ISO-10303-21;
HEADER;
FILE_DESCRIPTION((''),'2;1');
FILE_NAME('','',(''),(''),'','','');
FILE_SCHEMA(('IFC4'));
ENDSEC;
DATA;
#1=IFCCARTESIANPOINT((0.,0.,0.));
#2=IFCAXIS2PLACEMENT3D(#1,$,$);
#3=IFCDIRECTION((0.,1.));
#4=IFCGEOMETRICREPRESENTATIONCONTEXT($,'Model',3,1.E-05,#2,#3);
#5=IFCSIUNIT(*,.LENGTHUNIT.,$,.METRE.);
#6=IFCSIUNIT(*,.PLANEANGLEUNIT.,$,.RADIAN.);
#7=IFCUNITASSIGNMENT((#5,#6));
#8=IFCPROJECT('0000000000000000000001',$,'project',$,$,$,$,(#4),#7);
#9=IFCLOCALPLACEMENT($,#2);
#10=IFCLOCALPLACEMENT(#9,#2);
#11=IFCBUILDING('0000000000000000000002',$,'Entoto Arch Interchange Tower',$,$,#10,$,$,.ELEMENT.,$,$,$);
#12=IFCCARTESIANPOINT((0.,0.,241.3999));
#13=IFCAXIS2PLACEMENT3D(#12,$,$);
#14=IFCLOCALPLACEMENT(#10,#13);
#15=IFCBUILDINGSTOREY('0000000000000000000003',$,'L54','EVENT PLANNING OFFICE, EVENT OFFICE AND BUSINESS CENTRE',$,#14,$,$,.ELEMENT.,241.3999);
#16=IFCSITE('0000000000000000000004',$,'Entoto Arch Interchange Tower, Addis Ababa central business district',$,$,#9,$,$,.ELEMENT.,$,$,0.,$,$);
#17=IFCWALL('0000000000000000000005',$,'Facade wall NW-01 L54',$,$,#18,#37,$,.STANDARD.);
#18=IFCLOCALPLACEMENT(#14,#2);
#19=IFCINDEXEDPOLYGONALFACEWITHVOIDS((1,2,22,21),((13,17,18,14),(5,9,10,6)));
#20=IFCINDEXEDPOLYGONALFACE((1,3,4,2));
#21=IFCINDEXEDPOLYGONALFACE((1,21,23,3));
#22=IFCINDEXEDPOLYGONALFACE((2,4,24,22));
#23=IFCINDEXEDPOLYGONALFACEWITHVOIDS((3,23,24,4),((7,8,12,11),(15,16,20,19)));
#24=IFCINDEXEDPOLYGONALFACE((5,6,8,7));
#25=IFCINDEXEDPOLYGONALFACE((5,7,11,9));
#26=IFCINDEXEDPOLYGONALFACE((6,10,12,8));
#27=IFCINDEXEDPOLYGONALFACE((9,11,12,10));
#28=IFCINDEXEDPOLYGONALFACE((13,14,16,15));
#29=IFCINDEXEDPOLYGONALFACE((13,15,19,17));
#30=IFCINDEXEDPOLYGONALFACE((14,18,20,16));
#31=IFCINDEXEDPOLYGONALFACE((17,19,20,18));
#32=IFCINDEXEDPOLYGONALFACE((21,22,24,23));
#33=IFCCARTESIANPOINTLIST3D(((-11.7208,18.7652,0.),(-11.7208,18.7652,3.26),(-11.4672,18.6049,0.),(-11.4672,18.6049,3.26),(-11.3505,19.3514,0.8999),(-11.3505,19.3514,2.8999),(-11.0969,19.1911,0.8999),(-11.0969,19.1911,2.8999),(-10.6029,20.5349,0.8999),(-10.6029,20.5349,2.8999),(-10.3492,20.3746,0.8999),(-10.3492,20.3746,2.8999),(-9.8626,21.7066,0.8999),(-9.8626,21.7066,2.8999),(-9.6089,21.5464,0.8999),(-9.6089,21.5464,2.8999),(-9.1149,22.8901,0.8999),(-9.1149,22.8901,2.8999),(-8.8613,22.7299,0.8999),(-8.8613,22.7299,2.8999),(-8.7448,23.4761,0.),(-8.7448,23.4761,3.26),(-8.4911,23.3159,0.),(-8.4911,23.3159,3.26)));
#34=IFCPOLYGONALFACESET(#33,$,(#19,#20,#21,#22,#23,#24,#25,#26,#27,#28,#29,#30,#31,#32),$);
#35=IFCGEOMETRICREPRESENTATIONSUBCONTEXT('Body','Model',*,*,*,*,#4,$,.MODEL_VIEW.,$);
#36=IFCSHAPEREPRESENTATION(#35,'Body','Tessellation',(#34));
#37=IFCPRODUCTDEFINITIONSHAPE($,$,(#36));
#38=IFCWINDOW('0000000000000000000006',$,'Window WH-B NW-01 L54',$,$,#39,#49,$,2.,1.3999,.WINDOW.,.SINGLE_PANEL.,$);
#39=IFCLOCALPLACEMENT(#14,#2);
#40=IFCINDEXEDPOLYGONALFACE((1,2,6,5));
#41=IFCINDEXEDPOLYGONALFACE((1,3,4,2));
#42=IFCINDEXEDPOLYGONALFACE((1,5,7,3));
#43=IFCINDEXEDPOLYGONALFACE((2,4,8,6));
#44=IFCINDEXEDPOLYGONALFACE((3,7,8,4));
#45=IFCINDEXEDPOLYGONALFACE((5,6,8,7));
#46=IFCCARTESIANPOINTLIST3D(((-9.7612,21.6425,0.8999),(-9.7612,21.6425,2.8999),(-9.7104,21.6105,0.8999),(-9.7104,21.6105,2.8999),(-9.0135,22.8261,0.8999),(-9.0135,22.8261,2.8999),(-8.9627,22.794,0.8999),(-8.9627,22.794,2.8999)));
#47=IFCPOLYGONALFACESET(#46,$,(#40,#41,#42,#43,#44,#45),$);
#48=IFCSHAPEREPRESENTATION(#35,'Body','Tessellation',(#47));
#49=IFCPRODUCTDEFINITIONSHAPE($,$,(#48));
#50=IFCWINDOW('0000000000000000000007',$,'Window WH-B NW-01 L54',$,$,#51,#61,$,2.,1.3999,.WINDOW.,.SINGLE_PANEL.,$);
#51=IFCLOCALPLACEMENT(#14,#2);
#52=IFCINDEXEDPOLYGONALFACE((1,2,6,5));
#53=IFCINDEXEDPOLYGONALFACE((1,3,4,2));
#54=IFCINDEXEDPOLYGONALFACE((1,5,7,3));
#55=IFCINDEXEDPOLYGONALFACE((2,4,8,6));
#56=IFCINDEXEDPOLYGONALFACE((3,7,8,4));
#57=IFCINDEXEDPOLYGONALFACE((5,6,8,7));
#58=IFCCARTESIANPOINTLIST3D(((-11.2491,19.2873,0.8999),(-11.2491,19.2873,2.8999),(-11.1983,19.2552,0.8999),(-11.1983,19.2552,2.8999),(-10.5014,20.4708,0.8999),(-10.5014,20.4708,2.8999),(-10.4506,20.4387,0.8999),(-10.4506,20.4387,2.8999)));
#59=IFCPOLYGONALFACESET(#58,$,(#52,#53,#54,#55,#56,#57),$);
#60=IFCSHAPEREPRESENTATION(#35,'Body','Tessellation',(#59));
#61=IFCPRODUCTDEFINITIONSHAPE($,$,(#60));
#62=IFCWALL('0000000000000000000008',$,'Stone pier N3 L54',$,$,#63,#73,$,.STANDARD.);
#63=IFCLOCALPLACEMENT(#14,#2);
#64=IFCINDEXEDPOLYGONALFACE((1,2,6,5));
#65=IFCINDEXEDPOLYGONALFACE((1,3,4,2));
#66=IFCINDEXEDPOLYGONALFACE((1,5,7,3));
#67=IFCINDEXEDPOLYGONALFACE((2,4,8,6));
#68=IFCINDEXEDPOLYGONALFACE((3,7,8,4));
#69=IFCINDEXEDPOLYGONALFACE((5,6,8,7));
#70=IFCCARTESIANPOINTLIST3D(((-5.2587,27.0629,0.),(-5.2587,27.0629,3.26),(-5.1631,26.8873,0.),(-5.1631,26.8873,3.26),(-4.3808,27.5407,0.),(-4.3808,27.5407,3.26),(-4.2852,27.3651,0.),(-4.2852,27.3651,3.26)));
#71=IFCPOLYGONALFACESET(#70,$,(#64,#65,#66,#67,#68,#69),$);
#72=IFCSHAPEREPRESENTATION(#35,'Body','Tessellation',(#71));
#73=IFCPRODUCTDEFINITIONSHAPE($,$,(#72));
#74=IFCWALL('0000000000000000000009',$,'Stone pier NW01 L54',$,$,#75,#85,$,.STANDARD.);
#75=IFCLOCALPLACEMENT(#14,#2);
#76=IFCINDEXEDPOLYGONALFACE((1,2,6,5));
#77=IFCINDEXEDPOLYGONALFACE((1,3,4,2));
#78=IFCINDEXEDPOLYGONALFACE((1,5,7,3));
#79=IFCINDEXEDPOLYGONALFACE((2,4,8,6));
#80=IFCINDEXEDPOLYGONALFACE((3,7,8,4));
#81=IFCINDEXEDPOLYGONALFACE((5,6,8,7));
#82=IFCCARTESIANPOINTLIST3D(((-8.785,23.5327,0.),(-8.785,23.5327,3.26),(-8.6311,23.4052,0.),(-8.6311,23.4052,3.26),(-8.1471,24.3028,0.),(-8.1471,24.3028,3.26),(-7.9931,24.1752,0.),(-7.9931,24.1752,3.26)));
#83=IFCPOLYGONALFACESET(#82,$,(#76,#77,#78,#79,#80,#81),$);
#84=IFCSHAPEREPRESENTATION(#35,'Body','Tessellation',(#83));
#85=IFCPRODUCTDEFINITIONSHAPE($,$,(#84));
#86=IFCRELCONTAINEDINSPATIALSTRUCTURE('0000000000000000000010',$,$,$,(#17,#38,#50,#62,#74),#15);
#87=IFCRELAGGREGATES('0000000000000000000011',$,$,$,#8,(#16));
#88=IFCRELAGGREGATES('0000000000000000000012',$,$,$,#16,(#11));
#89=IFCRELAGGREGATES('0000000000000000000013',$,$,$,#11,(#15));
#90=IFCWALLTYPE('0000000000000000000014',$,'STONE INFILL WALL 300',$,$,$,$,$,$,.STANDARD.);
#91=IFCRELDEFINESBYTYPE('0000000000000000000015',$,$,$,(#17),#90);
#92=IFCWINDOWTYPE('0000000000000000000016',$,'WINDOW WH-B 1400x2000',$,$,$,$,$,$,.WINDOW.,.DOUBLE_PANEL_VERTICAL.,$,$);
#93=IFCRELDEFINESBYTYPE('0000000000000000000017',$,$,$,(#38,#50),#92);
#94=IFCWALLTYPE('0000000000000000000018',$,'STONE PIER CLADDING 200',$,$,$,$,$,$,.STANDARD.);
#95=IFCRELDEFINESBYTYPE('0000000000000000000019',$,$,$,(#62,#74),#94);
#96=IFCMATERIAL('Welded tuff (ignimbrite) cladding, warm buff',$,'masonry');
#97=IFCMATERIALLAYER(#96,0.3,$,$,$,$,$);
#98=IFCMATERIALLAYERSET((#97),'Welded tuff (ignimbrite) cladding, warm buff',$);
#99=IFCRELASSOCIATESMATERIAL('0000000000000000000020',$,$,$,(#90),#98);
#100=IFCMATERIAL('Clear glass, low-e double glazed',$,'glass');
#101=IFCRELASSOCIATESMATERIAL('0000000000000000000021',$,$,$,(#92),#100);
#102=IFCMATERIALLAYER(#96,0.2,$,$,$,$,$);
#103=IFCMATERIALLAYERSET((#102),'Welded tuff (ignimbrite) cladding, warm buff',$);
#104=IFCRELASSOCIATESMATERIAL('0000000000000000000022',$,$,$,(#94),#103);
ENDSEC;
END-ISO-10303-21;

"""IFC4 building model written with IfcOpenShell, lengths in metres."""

from ifc_helpers import new_model, si_unit, direction, frame, frame_2d, origin, place, context, subcontext, project, spatial, rectangle, extrude, material, layer, layer_set, type_object, element, fill, save


model = new_model("IFC4")

# Units and contexts
model_context = context("Model", 3, precision=1e-05, world=origin(), true_north=direction((0.0, 1.0)))
body_context = subcontext(model_context, "Body", "Model", "MODEL_VIEW")
ifc_project = project(units=[si_unit("LENGTHUNIT", "METRE"), si_unit("PLANEANGLEUNIT", "RADIAN")], contexts=[model_context])

# Site, building, storey
site_placement = place(None, origin())
site = spatial("IfcSite", under=ifc_project, at=site_placement, Name="Entoto Arch Interchange Tower, Addis Ababa central business district", CompositionType="ELEMENT", RefElevation=0.0)
building_placement = place(site_placement, origin())
building = spatial("IfcBuilding", under=site, at=building_placement, Name="Entoto Arch Interchange Tower", CompositionType="ELEMENT")
storey_placement = place(building_placement, frame((0.0, 0.0, 241.3999)))
storey = spatial("IfcBuildingStorey", under=building, at=storey_placement, Name="L54", Description="EVENT PLANNING OFFICE, EVENT OFFICE AND BUSINESS CENTRE", CompositionType="ELEMENT", Elevation=241.3999)

# Shared definitions
ifc_material_1 = material(Name="Welded tuff (ignimbrite) cladding, warm buff", Category="masonry")
ifc_layer_1 = layer(ifc_material_1, 0.3)
ifc_layer_set_1 = layer_set([ifc_layer_1], Name="Welded tuff (ignimbrite) cladding, warm buff")
wall_type_1 = type_object("IfcWallType", Name="STONE INFILL WALL 300", PredefinedType="STANDARD", material=ifc_layer_set_1)
ifc_material_2 = material(Name="Clear glass, low-e double glazed", Category="glass")
window_type = type_object("IfcWindowType", Name="WINDOW WH-B 1400x2000", PartitioningType="DOUBLE_PANEL_VERTICAL", PredefinedType="WINDOW", material=ifc_material_2)

# Wall, openings, windows
wall_1_placement = place(storey_placement, frame((-8.6179, 23.396, 0.0), z_axis=(0.0, 0.0, 1.0), x_axis=(-0.534089, -0.845429, 0.0)))
wall_1 = element("IfcWall", 1, at=wall_1_placement, inside=storey, type_object=wall_type_1, Name="Facade wall NW-01 L54", PredefinedType="STANDARD", context=body_context, shape_type="SweptSolid", body=[
    extrude(rectangle(XDim=5.5723, YDim=0.3, at=frame_2d((2.7861, 0.0))), origin(), (0.0, 0.0, 1.0), 3.26),
])
opening_1_placement = place(wall_1_placement, frame((0.6931, 0.0, 0.8999)))
opening_1 = element("IfcOpeningElement", 2, at=opening_1_placement, cuts=wall_1, PredefinedType="OPENING", context=body_context, shape_type="SweptSolid", body=[
    extrude(rectangle(XDim=1.3999, YDim=2.0, at=frame_2d((0.7, 1.0))), frame((0.0, 0.1602, 0.0), z_axis=(0.0, -1.0, 0.0), x_axis=(1.0, 0.0, 0.0)), (0.0, 0.0, 1.0), 0.3201),
])
opening_2_placement = place(wall_1_placement, frame((3.479, 0.0, 0.8999)))
opening_2 = element("IfcOpeningElement", 3, at=opening_2_placement, cuts=wall_1, PredefinedType="OPENING", context=body_context, shape_type="SweptSolid", body=[
    extrude(rectangle(XDim=1.3999, YDim=2.0, at=frame_2d((0.7, 1.0))), frame((0.0, 0.1602, 0.0), z_axis=(0.0, -1.0, 0.0), x_axis=(1.0, 0.0, 0.0)), (0.0, 0.0, 1.0), 0.3201),
])
window_1_placement = place(opening_1_placement, origin())
window_1 = element("IfcWindow", 4, at=window_1_placement, inside=storey, type_object=window_type, Name="Window WH-B NW-01 L54", OverallHeight=2.0, OverallWidth=1.3999, PartitioningType="SINGLE_PANEL", PredefinedType="WINDOW", context=body_context, shape_type="SweptSolid", body=[
    extrude(rectangle(XDim=1.3999, YDim=2.0, at=frame_2d((0.7, 1.0))), frame((0.0, 0.03, 0.0), z_axis=(0.0, -1.0, 0.0), x_axis=(1.0, 0.0, 0.0)), (0.0, 0.0, 1.0), 0.0601),
])
fill(opening_1, window_1)
window_2_placement = place(opening_2_placement, origin())
window_2 = element("IfcWindow", 5, at=window_2_placement, inside=storey, type_object=window_type, Name="Window WH-B NW-01 L54", OverallHeight=2.0, OverallWidth=1.3999, PartitioningType="SINGLE_PANEL", PredefinedType="WINDOW", context=body_context, shape_type="SweptSolid", body=[
    extrude(rectangle(XDim=1.3999, YDim=2.0, at=frame_2d((0.7, 1.0))), frame((0.0, 0.03, 0.0), z_axis=(0.0, -1.0, 0.0), x_axis=(1.0, 0.0, 0.0)), (0.0, 0.0, 1.0), 0.0601),
])
fill(opening_2, window_2)

# Walls
ifc_layer_2 = layer(ifc_material_1, 0.2)
ifc_layer_set_2 = layer_set([ifc_layer_2], Name="Welded tuff (ignimbrite) cladding, warm buff")
wall_type_2 = type_object("IfcWallType", Name="STONE PIER CLADDING 200", PredefinedType="STANDARD", material=ifc_layer_set_2)
wall_2_placement = place(storey_placement, frame((-4.333, 27.4529, 0.0), z_axis=(0.0, 0.0, 1.0), x_axis=(-0.878353, -0.478013, 0.0)))
element("IfcWall", 6, at=wall_2_placement, inside=storey, type_object=wall_type_2, Name="Stone pier N3 L54", PredefinedType="STANDARD", context=body_context, shape_type="SweptSolid", body=[
    extrude(rectangle(XDim=0.9995, YDim=0.2, at=frame_2d((0.4998, 0.0))), origin(), (0.0, 0.0, 1.0), 3.26),
])
wall_3_placement = place(storey_placement, frame((-8.0701, 24.239, 0.0), z_axis=(0.0, 0.0, 1.0), x_axis=(-0.637972, -0.770059, 0.0)))
element("IfcWall", 7, at=wall_3_placement, inside=storey, type_object=wall_type_2, Name="Stone pier NW01 L54", PredefinedType="STANDARD", context=body_context, shape_type="SweptSolid", body=[
    extrude(rectangle(XDim=1.0, YDim=0.2, at=frame_2d((0.5, 0.0))), origin(), (0.0, 0.0, 1.0), 3.26),
])

save(model, "model.ifc")
